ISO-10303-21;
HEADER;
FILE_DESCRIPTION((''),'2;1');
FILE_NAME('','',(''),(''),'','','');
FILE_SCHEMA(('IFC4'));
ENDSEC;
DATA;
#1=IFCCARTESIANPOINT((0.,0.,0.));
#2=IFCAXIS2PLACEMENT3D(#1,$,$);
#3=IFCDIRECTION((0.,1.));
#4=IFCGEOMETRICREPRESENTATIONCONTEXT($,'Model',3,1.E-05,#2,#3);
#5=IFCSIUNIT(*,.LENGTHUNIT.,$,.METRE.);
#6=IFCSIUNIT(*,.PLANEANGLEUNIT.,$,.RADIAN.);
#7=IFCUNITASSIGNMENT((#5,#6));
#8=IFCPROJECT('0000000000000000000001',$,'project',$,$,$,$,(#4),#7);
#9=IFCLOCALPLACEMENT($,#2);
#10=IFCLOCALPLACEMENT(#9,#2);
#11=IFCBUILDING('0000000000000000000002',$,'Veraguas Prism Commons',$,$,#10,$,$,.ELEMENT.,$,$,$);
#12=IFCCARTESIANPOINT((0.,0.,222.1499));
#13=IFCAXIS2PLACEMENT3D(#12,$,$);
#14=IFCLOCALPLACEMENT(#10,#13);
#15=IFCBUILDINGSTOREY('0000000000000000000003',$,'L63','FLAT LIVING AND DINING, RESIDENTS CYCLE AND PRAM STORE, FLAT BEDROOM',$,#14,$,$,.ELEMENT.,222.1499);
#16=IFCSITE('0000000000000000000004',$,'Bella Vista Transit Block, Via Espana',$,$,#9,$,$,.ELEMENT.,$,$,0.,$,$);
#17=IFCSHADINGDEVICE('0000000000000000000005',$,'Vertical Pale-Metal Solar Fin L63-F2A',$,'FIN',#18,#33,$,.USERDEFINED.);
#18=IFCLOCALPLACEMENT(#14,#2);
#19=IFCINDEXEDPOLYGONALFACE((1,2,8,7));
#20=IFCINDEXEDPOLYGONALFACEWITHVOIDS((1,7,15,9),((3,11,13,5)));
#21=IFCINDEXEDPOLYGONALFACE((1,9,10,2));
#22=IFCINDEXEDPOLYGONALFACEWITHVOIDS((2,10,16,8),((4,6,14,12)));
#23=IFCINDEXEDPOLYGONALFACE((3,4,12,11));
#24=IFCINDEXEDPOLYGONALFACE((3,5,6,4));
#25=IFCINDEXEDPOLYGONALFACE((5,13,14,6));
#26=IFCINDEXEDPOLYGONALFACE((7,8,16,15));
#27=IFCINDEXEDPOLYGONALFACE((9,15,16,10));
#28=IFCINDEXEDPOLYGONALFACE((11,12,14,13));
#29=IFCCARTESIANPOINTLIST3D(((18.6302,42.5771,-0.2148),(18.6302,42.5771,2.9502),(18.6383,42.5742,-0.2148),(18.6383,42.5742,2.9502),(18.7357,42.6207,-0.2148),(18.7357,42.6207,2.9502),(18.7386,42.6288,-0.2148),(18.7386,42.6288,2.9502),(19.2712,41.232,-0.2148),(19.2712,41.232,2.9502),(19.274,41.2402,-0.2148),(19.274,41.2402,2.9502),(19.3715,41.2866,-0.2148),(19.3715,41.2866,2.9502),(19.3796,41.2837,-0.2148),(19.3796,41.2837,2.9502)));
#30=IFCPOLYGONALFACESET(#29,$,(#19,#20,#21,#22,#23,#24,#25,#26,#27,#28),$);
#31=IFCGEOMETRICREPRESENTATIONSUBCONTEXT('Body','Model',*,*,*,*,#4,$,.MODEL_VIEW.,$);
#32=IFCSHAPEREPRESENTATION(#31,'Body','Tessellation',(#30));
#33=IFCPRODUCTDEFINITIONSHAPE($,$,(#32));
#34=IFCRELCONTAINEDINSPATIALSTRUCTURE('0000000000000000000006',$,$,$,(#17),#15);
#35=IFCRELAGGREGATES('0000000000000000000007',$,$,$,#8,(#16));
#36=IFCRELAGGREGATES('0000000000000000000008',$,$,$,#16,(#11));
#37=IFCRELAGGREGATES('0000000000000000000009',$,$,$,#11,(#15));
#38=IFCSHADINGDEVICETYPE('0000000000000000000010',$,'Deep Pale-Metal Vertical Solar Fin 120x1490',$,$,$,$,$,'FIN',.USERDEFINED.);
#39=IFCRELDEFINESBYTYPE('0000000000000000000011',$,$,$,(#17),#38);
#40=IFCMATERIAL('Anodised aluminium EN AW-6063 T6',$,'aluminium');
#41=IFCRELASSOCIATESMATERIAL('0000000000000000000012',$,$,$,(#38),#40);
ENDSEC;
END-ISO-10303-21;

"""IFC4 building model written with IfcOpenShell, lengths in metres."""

from ifc_helpers import new_model, si_unit, direction, frame, origin, origin_2d, place, context, subcontext, project, spatial, hollow_rectangle, extrude, material, material_profile, profile_set, type_object, element, save


model = new_model("IFC4")

# Units and contexts
model_context = context("Model", 3, precision=1e-05, world=origin(), true_north=direction((0.0, 1.0)))
body_context = subcontext(model_context, "Body", "Model", "MODEL_VIEW")
ifc_project = project(units=[si_unit("LENGTHUNIT", "METRE"), si_unit("PLANEANGLEUNIT", "RADIAN")], contexts=[model_context])

# Site, building, storey
site_placement = place(None, origin())
site = spatial("IfcSite", under=ifc_project, at=site_placement, Name="Bella Vista Transit Block, Via Espana", CompositionType="ELEMENT", RefElevation=0.0)
building_placement = place(site_placement, origin())
building = spatial("IfcBuilding", under=site, at=building_placement, Name="Veraguas Prism Commons", CompositionType="ELEMENT")
storey_placement = place(building_placement, frame((0.0, 0.0, 222.1499)))
storey = spatial("IfcBuildingStorey", under=building, at=storey_placement, Name="L63", Description="FLAT LIVING AND DINING, RESIDENTS CYCLE AND PRAM STORE, FLAT BEDROOM", CompositionType="ELEMENT", Elevation=222.1499)

# Shared definitions
ifc_material_1 = material(Name="Anodised aluminium EN AW-6063 T6", Category="aluminium")

# Shading device
ifc_material_profile_1 = material_profile(ifc_material_1, hollow_rectangle(XDim=0.1201, YDim=1.49, WallThickness=0.0061, at=origin_2d()), Name="FIN120X1490X6")
ifc_profile_set_1 = profile_set([ifc_material_profile_1], Name="Anodised aluminium EN AW-6063 T6")
shading_device_type = type_object("IfcShadingDeviceType", Name="Deep Pale-Metal Vertical Solar Fin 120x1490", ElementType="FIN", PredefinedType="USERDEFINED", material=ifc_profile_set_1)
shading_device_placement = place(storey_placement, frame((19.0049, 41.9304, -0.2148), z_axis=(0.0, 0.0, 1.0), x_axis=(-0.902735, -0.430198, 0.0)))
element("IfcShadingDevice", 1, at=shading_device_placement, inside=storey, type_object=shading_device_type, Name="Vertical Pale-Metal Solar Fin L63-F2A", ObjectType="FIN", PredefinedType="USERDEFINED", context=body_context, shape_type="SweptSolid", body=[
    extrude(hollow_rectangle(XDim=0.1201, YDim=1.49, WallThickness=0.0061, at=origin_2d()), origin(), (0.0, 0.0, 1.0), 3.165),
])

save(model, "model.ifc")
